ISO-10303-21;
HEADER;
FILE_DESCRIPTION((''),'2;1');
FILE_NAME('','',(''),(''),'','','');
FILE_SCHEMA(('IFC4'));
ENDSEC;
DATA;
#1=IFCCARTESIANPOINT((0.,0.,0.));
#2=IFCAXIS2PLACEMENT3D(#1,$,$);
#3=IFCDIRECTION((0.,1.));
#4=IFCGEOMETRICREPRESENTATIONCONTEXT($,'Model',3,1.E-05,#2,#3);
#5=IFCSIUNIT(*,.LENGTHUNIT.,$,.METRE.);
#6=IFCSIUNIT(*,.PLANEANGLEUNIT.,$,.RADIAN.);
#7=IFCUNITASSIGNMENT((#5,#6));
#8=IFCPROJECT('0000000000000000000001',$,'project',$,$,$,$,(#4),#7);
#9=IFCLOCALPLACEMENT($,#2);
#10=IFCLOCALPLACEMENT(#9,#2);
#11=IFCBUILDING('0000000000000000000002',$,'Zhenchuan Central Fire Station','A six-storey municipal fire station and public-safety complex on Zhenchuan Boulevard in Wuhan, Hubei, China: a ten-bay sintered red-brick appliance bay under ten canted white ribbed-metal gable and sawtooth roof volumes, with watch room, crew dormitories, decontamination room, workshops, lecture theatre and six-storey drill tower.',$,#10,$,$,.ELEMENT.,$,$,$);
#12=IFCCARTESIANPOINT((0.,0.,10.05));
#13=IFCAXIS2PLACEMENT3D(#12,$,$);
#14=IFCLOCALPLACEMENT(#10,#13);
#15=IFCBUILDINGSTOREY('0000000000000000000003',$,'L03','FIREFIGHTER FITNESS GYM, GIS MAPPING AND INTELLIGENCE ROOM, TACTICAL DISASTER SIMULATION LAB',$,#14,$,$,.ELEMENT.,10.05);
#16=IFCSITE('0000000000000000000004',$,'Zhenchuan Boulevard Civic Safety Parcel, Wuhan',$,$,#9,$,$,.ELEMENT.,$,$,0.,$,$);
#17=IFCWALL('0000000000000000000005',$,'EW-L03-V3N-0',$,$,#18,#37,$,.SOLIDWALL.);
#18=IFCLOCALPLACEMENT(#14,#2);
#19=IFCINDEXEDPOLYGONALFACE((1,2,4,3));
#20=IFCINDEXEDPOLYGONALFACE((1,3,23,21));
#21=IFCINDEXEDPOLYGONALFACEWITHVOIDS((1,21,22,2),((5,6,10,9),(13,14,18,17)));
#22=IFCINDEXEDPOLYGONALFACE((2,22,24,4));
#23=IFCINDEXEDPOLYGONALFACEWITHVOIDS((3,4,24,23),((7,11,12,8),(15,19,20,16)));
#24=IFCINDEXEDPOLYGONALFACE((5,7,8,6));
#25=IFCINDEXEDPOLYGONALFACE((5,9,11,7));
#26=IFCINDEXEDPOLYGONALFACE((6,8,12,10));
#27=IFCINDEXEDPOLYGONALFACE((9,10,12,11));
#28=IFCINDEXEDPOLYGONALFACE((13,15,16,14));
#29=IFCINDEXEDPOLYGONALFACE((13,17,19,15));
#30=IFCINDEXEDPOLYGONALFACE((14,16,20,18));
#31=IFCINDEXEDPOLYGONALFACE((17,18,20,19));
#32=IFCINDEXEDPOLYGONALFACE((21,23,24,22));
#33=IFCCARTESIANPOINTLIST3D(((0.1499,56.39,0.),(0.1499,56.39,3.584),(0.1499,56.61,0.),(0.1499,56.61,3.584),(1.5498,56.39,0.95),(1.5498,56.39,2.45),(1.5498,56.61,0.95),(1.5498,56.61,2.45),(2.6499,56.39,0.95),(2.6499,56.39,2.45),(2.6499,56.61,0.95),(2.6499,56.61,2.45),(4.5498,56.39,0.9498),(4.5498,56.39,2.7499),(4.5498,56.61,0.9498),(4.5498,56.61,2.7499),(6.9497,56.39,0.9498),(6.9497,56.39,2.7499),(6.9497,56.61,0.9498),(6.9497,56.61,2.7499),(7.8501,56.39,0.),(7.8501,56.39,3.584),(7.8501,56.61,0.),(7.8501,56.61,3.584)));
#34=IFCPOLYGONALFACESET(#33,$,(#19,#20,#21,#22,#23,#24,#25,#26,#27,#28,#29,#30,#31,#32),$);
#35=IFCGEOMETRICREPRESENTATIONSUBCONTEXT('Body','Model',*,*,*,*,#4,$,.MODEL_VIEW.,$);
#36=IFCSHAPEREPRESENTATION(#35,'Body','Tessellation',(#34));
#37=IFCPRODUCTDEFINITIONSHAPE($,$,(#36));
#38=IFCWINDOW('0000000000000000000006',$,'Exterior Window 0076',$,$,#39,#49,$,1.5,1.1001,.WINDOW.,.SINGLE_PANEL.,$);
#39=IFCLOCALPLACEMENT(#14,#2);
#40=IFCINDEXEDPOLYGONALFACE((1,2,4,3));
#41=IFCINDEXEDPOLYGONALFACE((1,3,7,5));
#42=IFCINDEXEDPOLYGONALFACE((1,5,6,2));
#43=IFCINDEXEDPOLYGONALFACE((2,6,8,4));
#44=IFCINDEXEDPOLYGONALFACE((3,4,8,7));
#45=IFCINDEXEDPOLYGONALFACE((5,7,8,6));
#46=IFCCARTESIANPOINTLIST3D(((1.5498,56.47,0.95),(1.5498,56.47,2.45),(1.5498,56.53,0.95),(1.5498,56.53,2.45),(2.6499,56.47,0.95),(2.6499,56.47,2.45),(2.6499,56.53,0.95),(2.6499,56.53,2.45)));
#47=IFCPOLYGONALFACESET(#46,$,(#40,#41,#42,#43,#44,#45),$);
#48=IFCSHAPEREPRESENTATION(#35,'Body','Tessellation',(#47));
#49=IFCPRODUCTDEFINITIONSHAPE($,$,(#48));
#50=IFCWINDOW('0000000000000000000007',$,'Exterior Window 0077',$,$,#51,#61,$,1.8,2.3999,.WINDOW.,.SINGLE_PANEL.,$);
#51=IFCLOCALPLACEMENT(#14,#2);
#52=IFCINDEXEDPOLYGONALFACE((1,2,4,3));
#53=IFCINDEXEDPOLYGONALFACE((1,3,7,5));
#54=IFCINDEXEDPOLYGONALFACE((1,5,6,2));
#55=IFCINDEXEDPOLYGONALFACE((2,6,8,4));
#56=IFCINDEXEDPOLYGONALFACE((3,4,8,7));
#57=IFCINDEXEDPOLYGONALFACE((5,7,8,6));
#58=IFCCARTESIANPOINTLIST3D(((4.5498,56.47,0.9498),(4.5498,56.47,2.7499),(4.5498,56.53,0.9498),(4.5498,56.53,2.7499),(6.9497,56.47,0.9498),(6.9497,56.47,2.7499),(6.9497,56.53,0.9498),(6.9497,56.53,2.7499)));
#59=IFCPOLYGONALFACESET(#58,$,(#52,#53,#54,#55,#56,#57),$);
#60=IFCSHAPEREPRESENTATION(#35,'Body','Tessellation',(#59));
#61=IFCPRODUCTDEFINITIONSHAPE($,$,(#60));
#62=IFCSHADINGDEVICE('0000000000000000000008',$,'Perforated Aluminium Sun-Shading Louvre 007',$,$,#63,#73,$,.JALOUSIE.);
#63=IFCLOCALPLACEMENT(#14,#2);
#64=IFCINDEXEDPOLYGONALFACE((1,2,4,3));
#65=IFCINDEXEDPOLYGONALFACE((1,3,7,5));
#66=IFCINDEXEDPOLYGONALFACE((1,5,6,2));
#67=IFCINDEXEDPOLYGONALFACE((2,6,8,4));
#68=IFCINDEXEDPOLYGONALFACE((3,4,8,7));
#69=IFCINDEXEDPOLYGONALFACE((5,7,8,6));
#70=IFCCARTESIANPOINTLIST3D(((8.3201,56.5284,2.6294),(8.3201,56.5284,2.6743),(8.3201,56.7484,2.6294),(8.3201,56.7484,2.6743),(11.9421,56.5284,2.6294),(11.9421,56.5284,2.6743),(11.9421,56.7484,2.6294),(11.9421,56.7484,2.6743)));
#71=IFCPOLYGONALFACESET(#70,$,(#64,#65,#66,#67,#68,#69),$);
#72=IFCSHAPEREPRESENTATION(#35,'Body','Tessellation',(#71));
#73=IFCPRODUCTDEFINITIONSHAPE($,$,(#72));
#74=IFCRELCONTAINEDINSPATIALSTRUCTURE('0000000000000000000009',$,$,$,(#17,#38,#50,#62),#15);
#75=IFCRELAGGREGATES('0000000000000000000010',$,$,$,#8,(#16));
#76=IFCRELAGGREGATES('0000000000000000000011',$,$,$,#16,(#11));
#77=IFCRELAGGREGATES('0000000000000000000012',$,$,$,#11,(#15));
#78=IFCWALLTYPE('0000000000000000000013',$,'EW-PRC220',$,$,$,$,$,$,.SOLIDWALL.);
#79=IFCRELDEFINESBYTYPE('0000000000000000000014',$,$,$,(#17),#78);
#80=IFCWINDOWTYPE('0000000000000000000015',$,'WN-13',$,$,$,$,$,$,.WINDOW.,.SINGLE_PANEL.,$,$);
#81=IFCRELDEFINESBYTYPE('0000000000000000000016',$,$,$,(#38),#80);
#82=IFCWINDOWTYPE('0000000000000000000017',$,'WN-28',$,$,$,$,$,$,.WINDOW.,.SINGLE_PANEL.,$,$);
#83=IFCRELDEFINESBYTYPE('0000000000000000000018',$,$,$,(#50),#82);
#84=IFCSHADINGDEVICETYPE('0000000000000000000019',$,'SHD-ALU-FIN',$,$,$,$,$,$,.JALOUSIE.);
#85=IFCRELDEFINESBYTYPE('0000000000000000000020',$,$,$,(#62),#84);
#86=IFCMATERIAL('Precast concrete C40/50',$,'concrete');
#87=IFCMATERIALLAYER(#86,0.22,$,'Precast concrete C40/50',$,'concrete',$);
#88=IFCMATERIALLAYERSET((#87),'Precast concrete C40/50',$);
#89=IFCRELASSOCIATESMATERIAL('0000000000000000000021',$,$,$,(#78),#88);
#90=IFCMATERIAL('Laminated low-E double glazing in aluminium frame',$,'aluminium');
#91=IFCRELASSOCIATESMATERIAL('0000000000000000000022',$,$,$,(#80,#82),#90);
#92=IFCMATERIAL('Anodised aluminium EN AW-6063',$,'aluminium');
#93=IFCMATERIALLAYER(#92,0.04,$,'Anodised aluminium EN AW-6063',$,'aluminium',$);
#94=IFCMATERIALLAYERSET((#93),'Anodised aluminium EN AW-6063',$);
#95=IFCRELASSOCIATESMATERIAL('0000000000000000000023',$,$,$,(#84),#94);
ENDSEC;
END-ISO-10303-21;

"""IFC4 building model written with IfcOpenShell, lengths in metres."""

from ifc_helpers import new_model, si_unit, direction, frame, frame_2d, origin, origin_2d, place, context, subcontext, project, spatial, rectangle, extrude, material, layer, layer_set, type_object, element, fill, save


model = new_model("IFC4")

# Units and contexts
model_context = context("Model", 3, precision=1e-05, world=origin(), true_north=direction((0.0, 1.0)))
body_context = subcontext(model_context, "Body", "Model", "MODEL_VIEW")
ifc_project = project(units=[si_unit("LENGTHUNIT", "METRE"), si_unit("PLANEANGLEUNIT", "RADIAN")], contexts=[model_context])

# Site, building, storey
site_placement = place(None, origin())
site = spatial("IfcSite", under=ifc_project, at=site_placement, Name="Zhenchuan Boulevard Civic Safety Parcel, Wuhan", CompositionType="ELEMENT", RefElevation=0.0)
building_placement = place(site_placement, origin())
building = spatial("IfcBuilding", under=site, at=building_placement, Name="Zhenchuan Central Fire Station", Description="A six-storey municipal fire station and public-safety complex on Zhenchuan Boulevard in Wuhan, Hubei, China: a ten-bay sintered red-brick appliance bay under ten canted white ribbed-metal gable and sawtooth roof volumes, with watch room, crew dormitories, decontamination room, workshops, lecture theatre and six-storey drill tower.", CompositionType="ELEMENT")
storey_placement = place(building_placement, frame((0.0, 0.0, 10.05)))
storey = spatial("IfcBuildingStorey", under=building, at=storey_placement, Name="L03", Description="FIREFIGHTER FITNESS GYM, GIS MAPPING AND INTELLIGENCE ROOM, TACTICAL DISASTER SIMULATION LAB", CompositionType="ELEMENT", Elevation=10.05)

# Shared definitions
ifc_material_1 = material(Name="Anodised aluminium EN AW-6063", Category="aluminium")

# Wall, openings, windows
ifc_material_2 = material(Name="Precast concrete C40/50", Category="concrete")
ifc_layer_1 = layer(ifc_material_2, 0.22, Name="Precast concrete C40/50", Category="concrete")
ifc_layer_set_1 = layer_set([ifc_layer_1], Name="Precast concrete C40/50")
wall_type = type_object("IfcWallType", Name="EW-PRC220", PredefinedType="SOLIDWALL", material=ifc_layer_set_1)
wall_placement = place(storey_placement, frame((0.1499, 56.5, 0.0), z_axis=(0.0, 0.0, 1.0), x_axis=(1.0, 0.0, 0.0)))
wall = element("IfcWall", 1, at=wall_placement, inside=storey, type_object=wall_type, Name="EW-L03-V3N-0", PredefinedType="SOLIDWALL", context=body_context, shape_type="SweptSolid", body=[
    extrude(rectangle(XDim=7.7002, YDim=0.22, at=frame_2d((3.8501, 0.0))), origin(), (0.0, 0.0, 1.0), 3.584),
])
opening_1_placement = place(wall_placement, frame((1.3999, 0.0, 0.95)))
opening_1 = element("IfcOpeningElement", 2, at=opening_1_placement, cuts=wall, PredefinedType="OPENING", context=body_context, shape_type="SweptSolid", body=[
    extrude(rectangle(XDim=1.1001, YDim=1.5, at=frame_2d((0.55, 0.75))), frame((0.0, 0.1199, 0.0), z_axis=(0.0, -1.0, 0.0), x_axis=(1.0, 0.0, 0.0)), (0.0, 0.0, 1.0), 0.24),
])
opening_2_placement = place(wall_placement, frame((4.3999, 0.0, 0.95)))
opening_2 = element("IfcOpeningElement", 3, at=opening_2_placement, cuts=wall, PredefinedType="OPENING", context=body_context, shape_type="SweptSolid", body=[
    extrude(rectangle(XDim=2.3999, YDim=1.8, at=frame_2d((1.2, 0.8999))), frame((0.0, 0.1199, 0.0), z_axis=(0.0, -1.0, 0.0), x_axis=(1.0, 0.0, 0.0)), (0.0, 0.0, 1.0), 0.24),
])
ifc_material_3 = material(Name="Laminated low-E double glazing in aluminium frame", Category="aluminium")
window_type_1 = type_object("IfcWindowType", Name="WN-13", PartitioningType="SINGLE_PANEL", PredefinedType="WINDOW", material=ifc_material_3)
window_1_placement = place(opening_1_placement, origin())
window_1 = element("IfcWindow", 4, at=window_1_placement, inside=storey, type_object=window_type_1, Name="Exterior Window 0076", OverallHeight=1.5, OverallWidth=1.1001, PartitioningType="SINGLE_PANEL", PredefinedType="WINDOW", context=body_context, shape_type="SweptSolid", body=[
    extrude(rectangle(XDim=1.1001, YDim=1.5, at=frame_2d((0.55, 0.75))), frame((0.0, 0.03, 0.0), z_axis=(0.0, -1.0, 0.0), x_axis=(1.0, 0.0, 0.0)), (0.0, 0.0, 1.0), 0.0601),
])
fill(opening_1, window_1)
window_type_2 = type_object("IfcWindowType", Name="WN-28", PartitioningType="SINGLE_PANEL", PredefinedType="WINDOW", material=ifc_material_3)
window_2_placement = place(opening_2_placement, origin())
window_2 = element("IfcWindow", 5, at=window_2_placement, inside=storey, type_object=window_type_2, Name="Exterior Window 0077", OverallHeight=1.8, OverallWidth=2.3999, PartitioningType="SINGLE_PANEL", PredefinedType="WINDOW", context=body_context, shape_type="SweptSolid", body=[
    extrude(rectangle(XDim=2.3999, YDim=1.8, at=frame_2d((1.2, 0.8999))), frame((0.0, 0.03, 0.0), z_axis=(0.0, -1.0, 0.0), x_axis=(1.0, 0.0, 0.0)), (0.0, 0.0, 1.0), 0.0601),
])
fill(opening_2, window_2)

# Shading device
ifc_layer_2 = layer(ifc_material_1, 0.04, Name="Anodised aluminium EN AW-6063", Category="aluminium")
ifc_layer_set_2 = layer_set([ifc_layer_2], Name="Anodised aluminium EN AW-6063")
shading_device_type = type_object("IfcShadingDeviceType", Name="SHD-ALU-FIN", PredefinedType="JALOUSIE", material=ifc_layer_set_2)
shading_device_placement = place(storey_placement, frame((10.1311, 56.6384, 2.6294), z_axis=(0.0, 0.0, 1.0), x_axis=(1.0, 0.0, 0.0)))
element("IfcShadingDevice", 6, at=shading_device_placement, inside=storey, type_object=shading_device_type, Name="Perforated Aluminium Sun-Shading Louvre 007", PredefinedType="JALOUSIE", context=body_context, shape_type="SweptSolid", body=[
    extrude(rectangle(XDim=3.6221, YDim=0.22, at=origin_2d()), origin(), (0.0, 0.0, 1.0), 0.0449),
])

save(model, "model.ifc")
